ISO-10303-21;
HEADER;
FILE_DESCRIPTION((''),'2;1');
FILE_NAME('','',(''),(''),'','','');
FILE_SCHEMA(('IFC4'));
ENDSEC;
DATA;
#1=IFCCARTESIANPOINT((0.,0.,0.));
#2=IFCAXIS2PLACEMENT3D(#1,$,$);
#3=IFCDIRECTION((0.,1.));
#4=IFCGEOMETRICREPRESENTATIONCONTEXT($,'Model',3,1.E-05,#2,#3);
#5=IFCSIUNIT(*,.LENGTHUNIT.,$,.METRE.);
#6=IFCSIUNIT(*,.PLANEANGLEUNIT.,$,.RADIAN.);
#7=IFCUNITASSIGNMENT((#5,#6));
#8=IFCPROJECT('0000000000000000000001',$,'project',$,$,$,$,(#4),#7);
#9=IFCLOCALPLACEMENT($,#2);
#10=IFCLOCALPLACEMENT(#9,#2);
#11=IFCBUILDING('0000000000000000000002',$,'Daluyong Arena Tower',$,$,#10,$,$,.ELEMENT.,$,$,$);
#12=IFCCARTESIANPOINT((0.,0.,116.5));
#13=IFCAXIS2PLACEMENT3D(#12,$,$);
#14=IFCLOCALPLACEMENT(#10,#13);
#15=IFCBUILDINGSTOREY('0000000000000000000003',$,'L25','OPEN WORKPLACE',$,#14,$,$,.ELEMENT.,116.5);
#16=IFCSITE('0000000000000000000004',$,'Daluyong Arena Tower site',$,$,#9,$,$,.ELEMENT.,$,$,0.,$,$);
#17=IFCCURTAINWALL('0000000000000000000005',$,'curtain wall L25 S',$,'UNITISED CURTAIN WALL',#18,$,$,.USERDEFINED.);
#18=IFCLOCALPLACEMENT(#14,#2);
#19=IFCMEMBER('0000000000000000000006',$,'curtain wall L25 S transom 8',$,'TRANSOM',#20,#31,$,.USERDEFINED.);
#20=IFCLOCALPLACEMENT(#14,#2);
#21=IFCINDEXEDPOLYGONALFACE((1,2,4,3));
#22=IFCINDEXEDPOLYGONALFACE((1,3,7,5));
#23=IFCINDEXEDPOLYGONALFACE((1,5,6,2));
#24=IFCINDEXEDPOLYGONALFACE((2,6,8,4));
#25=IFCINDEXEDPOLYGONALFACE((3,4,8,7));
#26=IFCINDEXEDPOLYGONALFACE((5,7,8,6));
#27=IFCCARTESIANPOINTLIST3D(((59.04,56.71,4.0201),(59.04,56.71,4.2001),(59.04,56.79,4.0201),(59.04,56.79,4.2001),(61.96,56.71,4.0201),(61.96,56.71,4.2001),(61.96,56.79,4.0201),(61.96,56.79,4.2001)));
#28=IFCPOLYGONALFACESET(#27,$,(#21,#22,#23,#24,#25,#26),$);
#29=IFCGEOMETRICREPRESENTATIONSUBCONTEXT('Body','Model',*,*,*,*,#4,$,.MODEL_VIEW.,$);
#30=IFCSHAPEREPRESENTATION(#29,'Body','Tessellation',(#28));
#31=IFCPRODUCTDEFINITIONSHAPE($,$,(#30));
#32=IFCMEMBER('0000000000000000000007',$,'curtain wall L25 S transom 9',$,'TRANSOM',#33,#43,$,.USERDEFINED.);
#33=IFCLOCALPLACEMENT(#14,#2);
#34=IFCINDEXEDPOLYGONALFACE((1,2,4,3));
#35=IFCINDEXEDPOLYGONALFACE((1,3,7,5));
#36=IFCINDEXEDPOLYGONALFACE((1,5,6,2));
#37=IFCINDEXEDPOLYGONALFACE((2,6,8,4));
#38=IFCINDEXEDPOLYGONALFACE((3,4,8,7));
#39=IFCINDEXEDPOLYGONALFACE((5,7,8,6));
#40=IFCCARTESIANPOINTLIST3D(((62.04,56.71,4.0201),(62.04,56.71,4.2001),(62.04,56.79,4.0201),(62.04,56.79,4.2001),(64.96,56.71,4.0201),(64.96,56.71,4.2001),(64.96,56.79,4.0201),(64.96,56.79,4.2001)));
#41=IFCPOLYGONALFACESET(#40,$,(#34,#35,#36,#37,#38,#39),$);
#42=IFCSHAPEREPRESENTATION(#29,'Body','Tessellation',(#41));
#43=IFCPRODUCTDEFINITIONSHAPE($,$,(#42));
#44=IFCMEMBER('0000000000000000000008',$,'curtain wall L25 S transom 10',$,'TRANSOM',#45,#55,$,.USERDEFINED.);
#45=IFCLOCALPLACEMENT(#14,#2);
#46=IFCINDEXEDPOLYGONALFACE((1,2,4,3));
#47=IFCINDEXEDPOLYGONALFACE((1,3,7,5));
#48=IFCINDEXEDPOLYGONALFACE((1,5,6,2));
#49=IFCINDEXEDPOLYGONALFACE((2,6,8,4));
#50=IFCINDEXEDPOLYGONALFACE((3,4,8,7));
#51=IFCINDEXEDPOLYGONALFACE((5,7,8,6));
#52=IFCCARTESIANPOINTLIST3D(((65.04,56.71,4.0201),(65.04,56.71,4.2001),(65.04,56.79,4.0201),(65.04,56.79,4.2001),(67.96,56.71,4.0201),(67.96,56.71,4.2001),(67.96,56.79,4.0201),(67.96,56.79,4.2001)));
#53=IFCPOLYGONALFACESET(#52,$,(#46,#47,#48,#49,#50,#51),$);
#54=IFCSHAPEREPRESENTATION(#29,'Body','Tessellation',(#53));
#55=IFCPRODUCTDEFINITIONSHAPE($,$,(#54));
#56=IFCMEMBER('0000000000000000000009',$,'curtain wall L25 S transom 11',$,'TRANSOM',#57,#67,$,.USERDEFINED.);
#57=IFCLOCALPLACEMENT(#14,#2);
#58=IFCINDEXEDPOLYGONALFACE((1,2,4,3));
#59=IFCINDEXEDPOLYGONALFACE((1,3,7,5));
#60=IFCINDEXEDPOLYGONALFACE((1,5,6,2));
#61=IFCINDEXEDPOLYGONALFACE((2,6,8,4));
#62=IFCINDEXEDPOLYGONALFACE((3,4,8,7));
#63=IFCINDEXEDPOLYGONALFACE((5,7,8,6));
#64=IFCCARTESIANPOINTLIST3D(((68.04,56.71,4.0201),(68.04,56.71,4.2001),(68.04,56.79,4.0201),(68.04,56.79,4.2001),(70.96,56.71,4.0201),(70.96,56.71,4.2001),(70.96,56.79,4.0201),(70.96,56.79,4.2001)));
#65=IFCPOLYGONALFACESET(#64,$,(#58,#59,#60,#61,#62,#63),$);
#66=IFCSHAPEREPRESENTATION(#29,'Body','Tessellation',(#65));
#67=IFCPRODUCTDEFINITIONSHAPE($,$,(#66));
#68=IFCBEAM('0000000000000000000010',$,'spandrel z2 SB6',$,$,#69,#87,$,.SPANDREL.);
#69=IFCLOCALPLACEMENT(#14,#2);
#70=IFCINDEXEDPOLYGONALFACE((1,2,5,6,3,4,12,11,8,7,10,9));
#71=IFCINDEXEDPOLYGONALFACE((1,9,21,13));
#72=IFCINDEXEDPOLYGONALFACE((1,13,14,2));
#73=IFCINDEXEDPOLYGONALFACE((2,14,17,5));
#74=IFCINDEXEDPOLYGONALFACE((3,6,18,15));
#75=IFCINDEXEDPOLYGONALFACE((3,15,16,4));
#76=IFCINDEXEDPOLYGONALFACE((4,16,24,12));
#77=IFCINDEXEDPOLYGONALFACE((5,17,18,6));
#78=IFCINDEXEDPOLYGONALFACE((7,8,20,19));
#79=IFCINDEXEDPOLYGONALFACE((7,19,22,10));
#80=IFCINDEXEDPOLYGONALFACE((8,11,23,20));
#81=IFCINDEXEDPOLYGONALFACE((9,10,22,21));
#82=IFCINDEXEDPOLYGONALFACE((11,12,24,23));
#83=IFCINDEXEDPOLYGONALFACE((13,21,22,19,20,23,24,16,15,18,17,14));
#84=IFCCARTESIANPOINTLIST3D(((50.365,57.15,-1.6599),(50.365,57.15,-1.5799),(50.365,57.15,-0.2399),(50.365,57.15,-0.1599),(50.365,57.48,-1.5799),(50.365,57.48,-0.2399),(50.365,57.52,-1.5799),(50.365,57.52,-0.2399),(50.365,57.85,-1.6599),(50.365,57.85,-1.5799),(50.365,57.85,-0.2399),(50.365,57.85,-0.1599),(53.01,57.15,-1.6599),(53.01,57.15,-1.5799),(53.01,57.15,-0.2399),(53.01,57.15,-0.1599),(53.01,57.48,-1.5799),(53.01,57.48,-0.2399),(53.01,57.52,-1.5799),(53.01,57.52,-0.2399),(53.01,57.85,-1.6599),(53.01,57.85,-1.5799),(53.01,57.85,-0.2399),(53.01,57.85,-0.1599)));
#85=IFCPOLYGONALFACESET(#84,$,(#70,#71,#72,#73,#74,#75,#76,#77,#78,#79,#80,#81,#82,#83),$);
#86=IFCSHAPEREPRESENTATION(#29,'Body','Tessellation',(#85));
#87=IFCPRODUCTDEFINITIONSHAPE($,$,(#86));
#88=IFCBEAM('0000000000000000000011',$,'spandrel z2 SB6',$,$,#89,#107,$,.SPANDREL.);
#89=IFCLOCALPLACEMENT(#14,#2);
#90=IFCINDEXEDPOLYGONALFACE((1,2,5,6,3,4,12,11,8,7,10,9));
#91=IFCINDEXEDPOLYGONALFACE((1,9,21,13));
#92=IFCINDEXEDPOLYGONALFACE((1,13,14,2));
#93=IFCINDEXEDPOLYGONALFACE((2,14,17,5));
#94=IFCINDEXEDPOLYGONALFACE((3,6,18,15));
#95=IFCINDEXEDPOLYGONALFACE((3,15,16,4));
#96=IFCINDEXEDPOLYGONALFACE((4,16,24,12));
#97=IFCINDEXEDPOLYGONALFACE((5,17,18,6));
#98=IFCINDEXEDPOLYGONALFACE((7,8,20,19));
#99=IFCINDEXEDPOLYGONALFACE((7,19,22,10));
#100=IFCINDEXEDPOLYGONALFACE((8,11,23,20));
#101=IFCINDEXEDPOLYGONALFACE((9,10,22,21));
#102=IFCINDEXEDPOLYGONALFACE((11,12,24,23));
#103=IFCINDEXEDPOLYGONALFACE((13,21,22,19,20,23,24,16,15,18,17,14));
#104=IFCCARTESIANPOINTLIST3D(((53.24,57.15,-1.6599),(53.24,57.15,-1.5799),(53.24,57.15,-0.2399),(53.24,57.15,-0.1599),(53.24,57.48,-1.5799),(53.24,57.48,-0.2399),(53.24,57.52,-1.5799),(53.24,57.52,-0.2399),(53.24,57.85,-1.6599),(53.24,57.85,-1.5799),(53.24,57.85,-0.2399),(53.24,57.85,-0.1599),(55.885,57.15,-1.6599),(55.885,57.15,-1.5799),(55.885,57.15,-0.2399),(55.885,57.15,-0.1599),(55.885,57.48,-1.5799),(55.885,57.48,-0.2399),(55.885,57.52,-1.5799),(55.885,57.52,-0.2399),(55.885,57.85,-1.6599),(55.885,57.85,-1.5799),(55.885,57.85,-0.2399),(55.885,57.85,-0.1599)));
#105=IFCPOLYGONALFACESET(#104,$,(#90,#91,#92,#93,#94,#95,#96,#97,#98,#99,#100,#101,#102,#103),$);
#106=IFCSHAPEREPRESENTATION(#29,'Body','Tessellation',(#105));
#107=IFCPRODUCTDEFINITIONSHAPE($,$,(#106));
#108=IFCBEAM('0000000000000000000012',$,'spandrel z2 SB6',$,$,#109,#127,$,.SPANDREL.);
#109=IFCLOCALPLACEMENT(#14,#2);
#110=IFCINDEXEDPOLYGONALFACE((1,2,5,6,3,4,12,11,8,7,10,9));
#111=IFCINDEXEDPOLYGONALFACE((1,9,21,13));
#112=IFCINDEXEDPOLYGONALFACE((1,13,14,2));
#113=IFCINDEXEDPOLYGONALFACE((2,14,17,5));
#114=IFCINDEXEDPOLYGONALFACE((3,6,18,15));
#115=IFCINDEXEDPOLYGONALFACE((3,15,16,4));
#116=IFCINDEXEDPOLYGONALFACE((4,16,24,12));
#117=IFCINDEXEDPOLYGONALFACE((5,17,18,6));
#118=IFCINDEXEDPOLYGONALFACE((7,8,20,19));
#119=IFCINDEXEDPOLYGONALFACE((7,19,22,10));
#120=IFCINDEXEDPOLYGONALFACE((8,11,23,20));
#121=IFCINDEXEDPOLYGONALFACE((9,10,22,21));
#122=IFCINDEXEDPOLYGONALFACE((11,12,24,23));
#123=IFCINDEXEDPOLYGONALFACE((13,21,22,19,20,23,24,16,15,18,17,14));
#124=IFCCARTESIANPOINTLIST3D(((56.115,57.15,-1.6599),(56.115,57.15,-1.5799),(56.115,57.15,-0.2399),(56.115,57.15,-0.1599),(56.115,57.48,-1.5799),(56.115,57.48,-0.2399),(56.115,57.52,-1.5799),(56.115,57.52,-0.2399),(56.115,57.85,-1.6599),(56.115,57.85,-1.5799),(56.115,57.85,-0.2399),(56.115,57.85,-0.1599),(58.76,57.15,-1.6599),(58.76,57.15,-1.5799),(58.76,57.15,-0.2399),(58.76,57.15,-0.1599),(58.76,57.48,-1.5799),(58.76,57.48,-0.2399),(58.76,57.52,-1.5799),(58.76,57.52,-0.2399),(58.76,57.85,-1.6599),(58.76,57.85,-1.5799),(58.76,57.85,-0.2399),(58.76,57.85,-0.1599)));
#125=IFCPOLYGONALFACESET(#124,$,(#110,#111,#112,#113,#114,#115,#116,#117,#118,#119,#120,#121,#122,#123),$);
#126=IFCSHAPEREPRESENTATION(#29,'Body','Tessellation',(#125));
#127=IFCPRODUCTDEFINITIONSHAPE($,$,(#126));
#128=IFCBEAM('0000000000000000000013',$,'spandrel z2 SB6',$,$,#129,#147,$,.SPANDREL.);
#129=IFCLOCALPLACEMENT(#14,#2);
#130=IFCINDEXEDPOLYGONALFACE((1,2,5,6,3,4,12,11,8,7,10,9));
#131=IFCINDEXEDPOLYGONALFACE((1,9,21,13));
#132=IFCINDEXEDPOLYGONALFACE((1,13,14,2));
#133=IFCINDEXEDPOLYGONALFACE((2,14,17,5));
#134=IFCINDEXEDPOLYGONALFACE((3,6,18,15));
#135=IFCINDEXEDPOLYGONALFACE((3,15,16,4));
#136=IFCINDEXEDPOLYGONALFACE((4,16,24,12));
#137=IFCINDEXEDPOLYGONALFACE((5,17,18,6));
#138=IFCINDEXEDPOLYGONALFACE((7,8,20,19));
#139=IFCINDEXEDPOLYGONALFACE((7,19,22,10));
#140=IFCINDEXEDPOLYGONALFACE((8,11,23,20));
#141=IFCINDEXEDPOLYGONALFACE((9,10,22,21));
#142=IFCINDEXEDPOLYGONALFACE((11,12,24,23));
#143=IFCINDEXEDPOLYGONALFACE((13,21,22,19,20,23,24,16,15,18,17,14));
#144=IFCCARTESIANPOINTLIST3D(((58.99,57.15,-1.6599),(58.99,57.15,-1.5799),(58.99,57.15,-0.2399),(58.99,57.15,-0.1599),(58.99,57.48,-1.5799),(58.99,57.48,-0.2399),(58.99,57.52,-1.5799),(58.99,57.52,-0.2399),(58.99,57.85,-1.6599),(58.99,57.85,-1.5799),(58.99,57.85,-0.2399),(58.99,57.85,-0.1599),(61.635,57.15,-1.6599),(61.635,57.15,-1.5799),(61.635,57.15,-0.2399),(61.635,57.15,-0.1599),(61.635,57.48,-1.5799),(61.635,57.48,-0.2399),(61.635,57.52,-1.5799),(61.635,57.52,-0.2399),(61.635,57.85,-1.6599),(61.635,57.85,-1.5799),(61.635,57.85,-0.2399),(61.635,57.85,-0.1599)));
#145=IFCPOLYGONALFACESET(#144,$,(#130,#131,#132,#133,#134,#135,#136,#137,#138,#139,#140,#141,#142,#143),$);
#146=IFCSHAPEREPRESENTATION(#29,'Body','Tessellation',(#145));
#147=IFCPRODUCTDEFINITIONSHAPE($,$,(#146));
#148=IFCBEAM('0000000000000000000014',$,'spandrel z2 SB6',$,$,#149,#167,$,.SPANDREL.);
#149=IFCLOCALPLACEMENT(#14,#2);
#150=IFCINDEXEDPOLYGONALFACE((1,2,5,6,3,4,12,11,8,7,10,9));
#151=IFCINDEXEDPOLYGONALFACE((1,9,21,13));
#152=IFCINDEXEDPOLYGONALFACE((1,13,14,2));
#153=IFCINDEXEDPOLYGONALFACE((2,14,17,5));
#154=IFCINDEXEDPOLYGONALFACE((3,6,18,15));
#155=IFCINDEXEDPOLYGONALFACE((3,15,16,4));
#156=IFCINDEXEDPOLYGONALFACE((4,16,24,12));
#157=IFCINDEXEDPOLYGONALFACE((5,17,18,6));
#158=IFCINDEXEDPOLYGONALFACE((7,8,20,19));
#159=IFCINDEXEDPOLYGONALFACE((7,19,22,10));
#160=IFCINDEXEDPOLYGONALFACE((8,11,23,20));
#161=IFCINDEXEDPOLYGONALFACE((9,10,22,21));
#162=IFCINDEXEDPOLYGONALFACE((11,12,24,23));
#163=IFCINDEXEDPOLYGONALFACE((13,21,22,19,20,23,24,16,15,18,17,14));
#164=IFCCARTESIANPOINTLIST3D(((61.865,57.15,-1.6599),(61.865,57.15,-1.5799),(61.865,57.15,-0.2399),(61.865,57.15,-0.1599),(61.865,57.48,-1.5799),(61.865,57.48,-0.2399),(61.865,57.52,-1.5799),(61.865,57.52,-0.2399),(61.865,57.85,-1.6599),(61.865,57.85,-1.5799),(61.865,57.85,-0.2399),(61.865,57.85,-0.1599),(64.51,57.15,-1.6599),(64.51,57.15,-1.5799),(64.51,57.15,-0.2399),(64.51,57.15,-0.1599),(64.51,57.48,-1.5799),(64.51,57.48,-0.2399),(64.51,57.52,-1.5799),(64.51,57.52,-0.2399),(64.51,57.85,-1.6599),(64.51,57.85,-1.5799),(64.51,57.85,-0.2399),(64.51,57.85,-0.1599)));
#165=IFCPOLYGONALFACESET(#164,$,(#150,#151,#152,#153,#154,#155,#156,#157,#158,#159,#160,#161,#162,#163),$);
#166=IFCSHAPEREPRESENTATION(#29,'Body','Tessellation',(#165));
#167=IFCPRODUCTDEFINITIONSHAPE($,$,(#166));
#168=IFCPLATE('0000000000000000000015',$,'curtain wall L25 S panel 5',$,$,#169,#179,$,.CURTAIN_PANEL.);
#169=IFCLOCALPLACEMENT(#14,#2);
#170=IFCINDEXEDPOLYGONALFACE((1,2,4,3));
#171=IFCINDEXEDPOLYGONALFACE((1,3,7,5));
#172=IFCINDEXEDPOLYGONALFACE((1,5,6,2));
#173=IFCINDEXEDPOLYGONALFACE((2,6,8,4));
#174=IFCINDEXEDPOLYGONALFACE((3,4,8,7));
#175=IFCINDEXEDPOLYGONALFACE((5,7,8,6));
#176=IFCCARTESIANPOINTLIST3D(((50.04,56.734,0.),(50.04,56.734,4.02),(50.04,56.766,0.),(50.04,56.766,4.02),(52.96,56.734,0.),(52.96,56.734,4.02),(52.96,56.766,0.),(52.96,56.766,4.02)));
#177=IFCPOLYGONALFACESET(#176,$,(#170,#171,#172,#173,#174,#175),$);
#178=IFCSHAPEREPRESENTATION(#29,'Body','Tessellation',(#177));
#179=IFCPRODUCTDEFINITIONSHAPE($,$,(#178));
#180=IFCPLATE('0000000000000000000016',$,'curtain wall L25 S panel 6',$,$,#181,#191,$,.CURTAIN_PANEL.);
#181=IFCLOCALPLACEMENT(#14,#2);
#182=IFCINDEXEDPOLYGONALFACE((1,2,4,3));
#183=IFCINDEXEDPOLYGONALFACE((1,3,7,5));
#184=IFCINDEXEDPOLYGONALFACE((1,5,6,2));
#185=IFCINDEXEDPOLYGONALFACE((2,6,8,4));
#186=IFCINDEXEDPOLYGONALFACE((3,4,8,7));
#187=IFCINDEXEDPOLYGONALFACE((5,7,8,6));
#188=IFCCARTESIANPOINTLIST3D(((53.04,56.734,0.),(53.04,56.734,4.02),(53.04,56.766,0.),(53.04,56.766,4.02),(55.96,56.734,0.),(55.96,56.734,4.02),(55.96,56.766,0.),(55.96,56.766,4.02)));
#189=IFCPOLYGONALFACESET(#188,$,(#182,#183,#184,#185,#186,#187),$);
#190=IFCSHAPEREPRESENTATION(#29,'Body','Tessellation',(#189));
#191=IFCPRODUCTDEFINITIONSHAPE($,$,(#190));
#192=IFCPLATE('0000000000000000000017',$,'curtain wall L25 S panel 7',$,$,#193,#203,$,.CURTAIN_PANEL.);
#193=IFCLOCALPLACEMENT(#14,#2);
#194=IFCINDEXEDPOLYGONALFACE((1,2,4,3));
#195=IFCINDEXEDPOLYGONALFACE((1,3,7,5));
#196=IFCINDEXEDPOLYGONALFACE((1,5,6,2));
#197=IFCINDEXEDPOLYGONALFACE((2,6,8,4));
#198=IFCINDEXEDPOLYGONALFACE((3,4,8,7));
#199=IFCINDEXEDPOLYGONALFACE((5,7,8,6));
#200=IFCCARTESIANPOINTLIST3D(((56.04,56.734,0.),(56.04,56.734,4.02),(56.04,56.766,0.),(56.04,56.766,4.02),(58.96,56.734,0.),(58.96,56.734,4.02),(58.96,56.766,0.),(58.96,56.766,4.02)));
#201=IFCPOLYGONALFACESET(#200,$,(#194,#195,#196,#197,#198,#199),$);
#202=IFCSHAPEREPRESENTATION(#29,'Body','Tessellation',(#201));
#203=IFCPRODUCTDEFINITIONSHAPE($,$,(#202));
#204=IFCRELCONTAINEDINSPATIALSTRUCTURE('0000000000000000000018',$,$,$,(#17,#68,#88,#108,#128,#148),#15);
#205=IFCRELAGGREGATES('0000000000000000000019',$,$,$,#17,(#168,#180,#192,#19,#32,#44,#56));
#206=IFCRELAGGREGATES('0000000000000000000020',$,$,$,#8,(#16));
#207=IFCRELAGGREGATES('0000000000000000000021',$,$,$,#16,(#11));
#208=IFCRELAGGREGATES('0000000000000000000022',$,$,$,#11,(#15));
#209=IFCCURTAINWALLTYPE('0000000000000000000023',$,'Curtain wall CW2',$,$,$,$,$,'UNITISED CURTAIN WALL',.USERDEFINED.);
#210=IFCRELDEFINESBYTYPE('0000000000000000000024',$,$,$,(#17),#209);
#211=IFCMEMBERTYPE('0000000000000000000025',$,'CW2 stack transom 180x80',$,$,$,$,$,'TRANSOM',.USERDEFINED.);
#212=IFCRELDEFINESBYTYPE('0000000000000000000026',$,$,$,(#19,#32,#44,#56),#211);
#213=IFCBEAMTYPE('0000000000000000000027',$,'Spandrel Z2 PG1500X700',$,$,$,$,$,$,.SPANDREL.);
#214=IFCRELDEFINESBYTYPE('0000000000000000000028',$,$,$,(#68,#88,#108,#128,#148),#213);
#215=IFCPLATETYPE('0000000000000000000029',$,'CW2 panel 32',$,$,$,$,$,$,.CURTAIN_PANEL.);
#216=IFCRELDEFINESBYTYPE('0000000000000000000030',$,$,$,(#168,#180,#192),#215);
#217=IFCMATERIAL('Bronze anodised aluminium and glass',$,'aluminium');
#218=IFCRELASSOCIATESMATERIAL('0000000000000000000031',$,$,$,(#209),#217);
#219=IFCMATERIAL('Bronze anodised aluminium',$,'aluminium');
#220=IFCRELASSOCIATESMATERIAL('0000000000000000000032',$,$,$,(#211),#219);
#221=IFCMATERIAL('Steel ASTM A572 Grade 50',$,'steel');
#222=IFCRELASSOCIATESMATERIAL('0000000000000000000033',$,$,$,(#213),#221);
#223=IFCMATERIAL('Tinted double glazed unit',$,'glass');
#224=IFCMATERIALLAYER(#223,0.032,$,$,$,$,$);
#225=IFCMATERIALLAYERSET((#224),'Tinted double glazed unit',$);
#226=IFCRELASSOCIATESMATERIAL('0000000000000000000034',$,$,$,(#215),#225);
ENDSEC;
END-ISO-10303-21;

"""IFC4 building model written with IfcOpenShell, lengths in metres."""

from ifc_helpers import new_model, si_unit, direction, frame, origin, origin_2d, place, context, subcontext, project, spatial, rectangle, i_section, extrude, material, layer, layer_set, material_profile, profile_set, type_object, element, aggregate, save


model = new_model("IFC4")

# Units and contexts
model_context = context("Model", 3, precision=1e-05, world=origin(), true_north=direction((0.0, 1.0)))
body_context = subcontext(model_context, "Body", "Model", "MODEL_VIEW")
ifc_project = project(units=[si_unit("LENGTHUNIT", "METRE"), si_unit("PLANEANGLEUNIT", "RADIAN")], contexts=[model_context])

# Site, building, storey
site_placement = place(None, origin())
site = spatial("IfcSite", under=ifc_project, at=site_placement, Name="Daluyong Arena Tower site", CompositionType="ELEMENT", RefElevation=0.0)
building_placement = place(site_placement, origin())
building = spatial("IfcBuilding", under=site, at=building_placement, Name="Daluyong Arena Tower", CompositionType="ELEMENT")
storey_placement = place(building_placement, frame((0.0, 0.0, 116.5)))
storey = spatial("IfcBuildingStorey", under=building, at=storey_placement, Name="L25", Description="OPEN WORKPLACE", CompositionType="ELEMENT", Elevation=116.5)

# Curtain wall, members
ifc_material_1 = material(Name="Bronze anodised aluminium and glass", Category="aluminium")
curtain_wall_type = type_object("IfcCurtainWallType", Name="Curtain wall CW2", ElementType="UNITISED CURTAIN WALL", PredefinedType="USERDEFINED", material=ifc_material_1)
curtain_wall_placement = place(storey_placement, origin())
curtain_wall = element("IfcCurtainWall", 1, at=curtain_wall_placement, inside=storey, type_object=curtain_wall_type, Name="curtain wall L25 S", ObjectType="UNITISED CURTAIN WALL", PredefinedType="USERDEFINED")
ifc_material_2 = material(Name="Bronze anodised aluminium", Category="aluminium")
ifc_material_profile_1 = material_profile(ifc_material_2, rectangle(XDim=0.0801, YDim=0.1799, at=origin_2d()))
ifc_profile_set_1 = profile_set([ifc_material_profile_1], Name="Bronze anodised aluminium")
member_type_1 = type_object("IfcMemberType", Name="CW2 stack transom 180x80", ElementType="TRANSOM", PredefinedType="USERDEFINED", material=ifc_profile_set_1)
member_1_placement = place(storey_placement, frame((59.04, 56.75, 4.1101), z_axis=(1.0, 0.0, 0.0), x_axis=(0.0, 1.0, 0.0)))
member_1 = element("IfcMember", 2, at=member_1_placement, type_object=member_type_1, Name="curtain wall L25 S transom 8", ObjectType="TRANSOM", PredefinedType="USERDEFINED", context=body_context, shape_type="SweptSolid", body=[
    extrude(rectangle(XDim=0.0801, YDim=0.1799, at=origin_2d()), origin(), (0.0, 0.0, 1.0), 2.9199),
])
member_2_placement = place(storey_placement, frame((62.04, 56.75, 4.1101), z_axis=(1.0, 0.0, 0.0), x_axis=(0.0, 1.0, 0.0)))
member_2 = element("IfcMember", 3, at=member_2_placement, type_object=member_type_1, Name="curtain wall L25 S transom 9", ObjectType="TRANSOM", PredefinedType="USERDEFINED", context=body_context, shape_type="SweptSolid", body=[
    extrude(rectangle(XDim=0.0801, YDim=0.1799, at=origin_2d()), origin(), (0.0, 0.0, 1.0), 2.9199),
])
member_3_placement = place(storey_placement, frame((65.04, 56.75, 4.1101), z_axis=(1.0, 0.0, 0.0), x_axis=(0.0, 1.0, 0.0)))
member_3 = element("IfcMember", 4, at=member_3_placement, type_object=member_type_1, Name="curtain wall L25 S transom 10", ObjectType="TRANSOM", PredefinedType="USERDEFINED", context=body_context, shape_type="SweptSolid", body=[
    extrude(rectangle(XDim=0.0801, YDim=0.1799, at=origin_2d()), origin(), (0.0, 0.0, 1.0), 2.9199),
])
member_4_placement = place(storey_placement, frame((68.04, 56.75, 4.1101), z_axis=(1.0, 0.0, 0.0), x_axis=(0.0, 1.0, 0.0)))
member_4 = element("IfcMember", 5, at=member_4_placement, type_object=member_type_1, Name="curtain wall L25 S transom 11", ObjectType="TRANSOM", PredefinedType="USERDEFINED", context=body_context, shape_type="SweptSolid", body=[
    extrude(rectangle(XDim=0.0801, YDim=0.1799, at=origin_2d()), origin(), (0.0, 0.0, 1.0), 2.9199),
])

# Beams
ifc_material_3 = material(Name="Steel ASTM A572 Grade 50", Category="steel")
ifc_material_profile_2 = material_profile(ifc_material_3, i_section(OverallWidth=0.7, OverallDepth=1.5, WebThickness=0.04, FlangeThickness=0.08, at=origin_2d()))
ifc_profile_set_2 = profile_set([ifc_material_profile_2], Name="Steel ASTM A572 Grade 50")
beam_type = type_object("IfcBeamType", Name="Spandrel Z2 PG1500X700", PredefinedType="SPANDREL", material=ifc_profile_set_2)
for number, where, z_axis, x_axis, name in (
    (6, (50.365, 57.5, -0.9099), (1.0, 0.0, 0.0), (0.0, 1.0, 0.0), "spandrel z2 SB6"),
    (7, (53.24, 57.5, -0.9099), (1.0, 0.0, 0.0), (0.0, 1.0, 0.0), "spandrel z2 SB6"),
    (8, (56.115, 57.5, -0.9099), (1.0, 0.0, 0.0), (0.0, 1.0, 0.0), "spandrel z2 SB6"),
    (9, (58.99, 57.5, -0.9099), (1.0, 0.0, 0.0), (0.0, 1.0, 0.0), "spandrel z2 SB6"),
    (10, (61.865, 57.5, -0.9099), (1.0, 0.0, 0.0), (0.0, 1.0, 0.0), "spandrel z2 SB6"),
):
    element("IfcBeam", number, at=place(storey_placement, frame(where, z_axis=z_axis, x_axis=x_axis)), inside=storey, type_object=beam_type, Name=name, PredefinedType="SPANDREL", context=body_context, shape_type="SweptSolid", body=[
        extrude(i_section(OverallWidth=0.7, OverallDepth=1.5, WebThickness=0.04, FlangeThickness=0.08, at=origin_2d()), origin(), (0.0, 0.0, 1.0), 2.645),
    ])

# Plates
ifc_material_4 = material(Name="Tinted double glazed unit", Category="glass")
ifc_layer = layer(ifc_material_4, 0.032)
ifc_layer_set = layer_set([ifc_layer], Name="Tinted double glazed unit")
plate_type = type_object("IfcPlateType", Name="CW2 panel 32", PredefinedType="CURTAIN_PANEL", material=ifc_layer_set)
plate_1_placement = place(storey_placement, frame((51.5, 56.75, 0.0), z_axis=(0.0, 0.0, 1.0), x_axis=(1.0, 0.0, 0.0)))
plate_1 = element("IfcPlate", 11, at=plate_1_placement, type_object=plate_type, Name="curtain wall L25 S panel 5", PredefinedType="CURTAIN_PANEL", context=body_context, shape_type="SweptSolid", body=[
    extrude(rectangle(XDim=2.9199, YDim=0.032, at=origin_2d()), origin(), (0.0, 0.0, 1.0), 4.02),
])
plate_2_placement = place(storey_placement, frame((54.5, 56.75, 0.0), z_axis=(0.0, 0.0, 1.0), x_axis=(1.0, 0.0, 0.0)))
plate_2 = element("IfcPlate", 12, at=plate_2_placement, type_object=plate_type, Name="curtain wall L25 S panel 6", PredefinedType="CURTAIN_PANEL", context=body_context, shape_type="SweptSolid", body=[
    extrude(rectangle(XDim=2.9199, YDim=0.032, at=origin_2d()), origin(), (0.0, 0.0, 1.0), 4.02),
])
plate_3_placement = place(storey_placement, frame((57.5, 56.75, 0.0), z_axis=(0.0, 0.0, 1.0), x_axis=(1.0, 0.0, 0.0)))
plate_3 = element("IfcPlate", 13, at=plate_3_placement, type_object=plate_type, Name="curtain wall L25 S panel 7", PredefinedType="CURTAIN_PANEL", context=body_context, shape_type="SweptSolid", body=[
    extrude(rectangle(XDim=2.9199, YDim=0.032, at=origin_2d()), origin(), (0.0, 0.0, 1.0), 4.02),
])
aggregate(curtain_wall, [plate_1, plate_2, plate_3, member_1, member_2, member_3, member_4])

save(model, "model.ifc")
